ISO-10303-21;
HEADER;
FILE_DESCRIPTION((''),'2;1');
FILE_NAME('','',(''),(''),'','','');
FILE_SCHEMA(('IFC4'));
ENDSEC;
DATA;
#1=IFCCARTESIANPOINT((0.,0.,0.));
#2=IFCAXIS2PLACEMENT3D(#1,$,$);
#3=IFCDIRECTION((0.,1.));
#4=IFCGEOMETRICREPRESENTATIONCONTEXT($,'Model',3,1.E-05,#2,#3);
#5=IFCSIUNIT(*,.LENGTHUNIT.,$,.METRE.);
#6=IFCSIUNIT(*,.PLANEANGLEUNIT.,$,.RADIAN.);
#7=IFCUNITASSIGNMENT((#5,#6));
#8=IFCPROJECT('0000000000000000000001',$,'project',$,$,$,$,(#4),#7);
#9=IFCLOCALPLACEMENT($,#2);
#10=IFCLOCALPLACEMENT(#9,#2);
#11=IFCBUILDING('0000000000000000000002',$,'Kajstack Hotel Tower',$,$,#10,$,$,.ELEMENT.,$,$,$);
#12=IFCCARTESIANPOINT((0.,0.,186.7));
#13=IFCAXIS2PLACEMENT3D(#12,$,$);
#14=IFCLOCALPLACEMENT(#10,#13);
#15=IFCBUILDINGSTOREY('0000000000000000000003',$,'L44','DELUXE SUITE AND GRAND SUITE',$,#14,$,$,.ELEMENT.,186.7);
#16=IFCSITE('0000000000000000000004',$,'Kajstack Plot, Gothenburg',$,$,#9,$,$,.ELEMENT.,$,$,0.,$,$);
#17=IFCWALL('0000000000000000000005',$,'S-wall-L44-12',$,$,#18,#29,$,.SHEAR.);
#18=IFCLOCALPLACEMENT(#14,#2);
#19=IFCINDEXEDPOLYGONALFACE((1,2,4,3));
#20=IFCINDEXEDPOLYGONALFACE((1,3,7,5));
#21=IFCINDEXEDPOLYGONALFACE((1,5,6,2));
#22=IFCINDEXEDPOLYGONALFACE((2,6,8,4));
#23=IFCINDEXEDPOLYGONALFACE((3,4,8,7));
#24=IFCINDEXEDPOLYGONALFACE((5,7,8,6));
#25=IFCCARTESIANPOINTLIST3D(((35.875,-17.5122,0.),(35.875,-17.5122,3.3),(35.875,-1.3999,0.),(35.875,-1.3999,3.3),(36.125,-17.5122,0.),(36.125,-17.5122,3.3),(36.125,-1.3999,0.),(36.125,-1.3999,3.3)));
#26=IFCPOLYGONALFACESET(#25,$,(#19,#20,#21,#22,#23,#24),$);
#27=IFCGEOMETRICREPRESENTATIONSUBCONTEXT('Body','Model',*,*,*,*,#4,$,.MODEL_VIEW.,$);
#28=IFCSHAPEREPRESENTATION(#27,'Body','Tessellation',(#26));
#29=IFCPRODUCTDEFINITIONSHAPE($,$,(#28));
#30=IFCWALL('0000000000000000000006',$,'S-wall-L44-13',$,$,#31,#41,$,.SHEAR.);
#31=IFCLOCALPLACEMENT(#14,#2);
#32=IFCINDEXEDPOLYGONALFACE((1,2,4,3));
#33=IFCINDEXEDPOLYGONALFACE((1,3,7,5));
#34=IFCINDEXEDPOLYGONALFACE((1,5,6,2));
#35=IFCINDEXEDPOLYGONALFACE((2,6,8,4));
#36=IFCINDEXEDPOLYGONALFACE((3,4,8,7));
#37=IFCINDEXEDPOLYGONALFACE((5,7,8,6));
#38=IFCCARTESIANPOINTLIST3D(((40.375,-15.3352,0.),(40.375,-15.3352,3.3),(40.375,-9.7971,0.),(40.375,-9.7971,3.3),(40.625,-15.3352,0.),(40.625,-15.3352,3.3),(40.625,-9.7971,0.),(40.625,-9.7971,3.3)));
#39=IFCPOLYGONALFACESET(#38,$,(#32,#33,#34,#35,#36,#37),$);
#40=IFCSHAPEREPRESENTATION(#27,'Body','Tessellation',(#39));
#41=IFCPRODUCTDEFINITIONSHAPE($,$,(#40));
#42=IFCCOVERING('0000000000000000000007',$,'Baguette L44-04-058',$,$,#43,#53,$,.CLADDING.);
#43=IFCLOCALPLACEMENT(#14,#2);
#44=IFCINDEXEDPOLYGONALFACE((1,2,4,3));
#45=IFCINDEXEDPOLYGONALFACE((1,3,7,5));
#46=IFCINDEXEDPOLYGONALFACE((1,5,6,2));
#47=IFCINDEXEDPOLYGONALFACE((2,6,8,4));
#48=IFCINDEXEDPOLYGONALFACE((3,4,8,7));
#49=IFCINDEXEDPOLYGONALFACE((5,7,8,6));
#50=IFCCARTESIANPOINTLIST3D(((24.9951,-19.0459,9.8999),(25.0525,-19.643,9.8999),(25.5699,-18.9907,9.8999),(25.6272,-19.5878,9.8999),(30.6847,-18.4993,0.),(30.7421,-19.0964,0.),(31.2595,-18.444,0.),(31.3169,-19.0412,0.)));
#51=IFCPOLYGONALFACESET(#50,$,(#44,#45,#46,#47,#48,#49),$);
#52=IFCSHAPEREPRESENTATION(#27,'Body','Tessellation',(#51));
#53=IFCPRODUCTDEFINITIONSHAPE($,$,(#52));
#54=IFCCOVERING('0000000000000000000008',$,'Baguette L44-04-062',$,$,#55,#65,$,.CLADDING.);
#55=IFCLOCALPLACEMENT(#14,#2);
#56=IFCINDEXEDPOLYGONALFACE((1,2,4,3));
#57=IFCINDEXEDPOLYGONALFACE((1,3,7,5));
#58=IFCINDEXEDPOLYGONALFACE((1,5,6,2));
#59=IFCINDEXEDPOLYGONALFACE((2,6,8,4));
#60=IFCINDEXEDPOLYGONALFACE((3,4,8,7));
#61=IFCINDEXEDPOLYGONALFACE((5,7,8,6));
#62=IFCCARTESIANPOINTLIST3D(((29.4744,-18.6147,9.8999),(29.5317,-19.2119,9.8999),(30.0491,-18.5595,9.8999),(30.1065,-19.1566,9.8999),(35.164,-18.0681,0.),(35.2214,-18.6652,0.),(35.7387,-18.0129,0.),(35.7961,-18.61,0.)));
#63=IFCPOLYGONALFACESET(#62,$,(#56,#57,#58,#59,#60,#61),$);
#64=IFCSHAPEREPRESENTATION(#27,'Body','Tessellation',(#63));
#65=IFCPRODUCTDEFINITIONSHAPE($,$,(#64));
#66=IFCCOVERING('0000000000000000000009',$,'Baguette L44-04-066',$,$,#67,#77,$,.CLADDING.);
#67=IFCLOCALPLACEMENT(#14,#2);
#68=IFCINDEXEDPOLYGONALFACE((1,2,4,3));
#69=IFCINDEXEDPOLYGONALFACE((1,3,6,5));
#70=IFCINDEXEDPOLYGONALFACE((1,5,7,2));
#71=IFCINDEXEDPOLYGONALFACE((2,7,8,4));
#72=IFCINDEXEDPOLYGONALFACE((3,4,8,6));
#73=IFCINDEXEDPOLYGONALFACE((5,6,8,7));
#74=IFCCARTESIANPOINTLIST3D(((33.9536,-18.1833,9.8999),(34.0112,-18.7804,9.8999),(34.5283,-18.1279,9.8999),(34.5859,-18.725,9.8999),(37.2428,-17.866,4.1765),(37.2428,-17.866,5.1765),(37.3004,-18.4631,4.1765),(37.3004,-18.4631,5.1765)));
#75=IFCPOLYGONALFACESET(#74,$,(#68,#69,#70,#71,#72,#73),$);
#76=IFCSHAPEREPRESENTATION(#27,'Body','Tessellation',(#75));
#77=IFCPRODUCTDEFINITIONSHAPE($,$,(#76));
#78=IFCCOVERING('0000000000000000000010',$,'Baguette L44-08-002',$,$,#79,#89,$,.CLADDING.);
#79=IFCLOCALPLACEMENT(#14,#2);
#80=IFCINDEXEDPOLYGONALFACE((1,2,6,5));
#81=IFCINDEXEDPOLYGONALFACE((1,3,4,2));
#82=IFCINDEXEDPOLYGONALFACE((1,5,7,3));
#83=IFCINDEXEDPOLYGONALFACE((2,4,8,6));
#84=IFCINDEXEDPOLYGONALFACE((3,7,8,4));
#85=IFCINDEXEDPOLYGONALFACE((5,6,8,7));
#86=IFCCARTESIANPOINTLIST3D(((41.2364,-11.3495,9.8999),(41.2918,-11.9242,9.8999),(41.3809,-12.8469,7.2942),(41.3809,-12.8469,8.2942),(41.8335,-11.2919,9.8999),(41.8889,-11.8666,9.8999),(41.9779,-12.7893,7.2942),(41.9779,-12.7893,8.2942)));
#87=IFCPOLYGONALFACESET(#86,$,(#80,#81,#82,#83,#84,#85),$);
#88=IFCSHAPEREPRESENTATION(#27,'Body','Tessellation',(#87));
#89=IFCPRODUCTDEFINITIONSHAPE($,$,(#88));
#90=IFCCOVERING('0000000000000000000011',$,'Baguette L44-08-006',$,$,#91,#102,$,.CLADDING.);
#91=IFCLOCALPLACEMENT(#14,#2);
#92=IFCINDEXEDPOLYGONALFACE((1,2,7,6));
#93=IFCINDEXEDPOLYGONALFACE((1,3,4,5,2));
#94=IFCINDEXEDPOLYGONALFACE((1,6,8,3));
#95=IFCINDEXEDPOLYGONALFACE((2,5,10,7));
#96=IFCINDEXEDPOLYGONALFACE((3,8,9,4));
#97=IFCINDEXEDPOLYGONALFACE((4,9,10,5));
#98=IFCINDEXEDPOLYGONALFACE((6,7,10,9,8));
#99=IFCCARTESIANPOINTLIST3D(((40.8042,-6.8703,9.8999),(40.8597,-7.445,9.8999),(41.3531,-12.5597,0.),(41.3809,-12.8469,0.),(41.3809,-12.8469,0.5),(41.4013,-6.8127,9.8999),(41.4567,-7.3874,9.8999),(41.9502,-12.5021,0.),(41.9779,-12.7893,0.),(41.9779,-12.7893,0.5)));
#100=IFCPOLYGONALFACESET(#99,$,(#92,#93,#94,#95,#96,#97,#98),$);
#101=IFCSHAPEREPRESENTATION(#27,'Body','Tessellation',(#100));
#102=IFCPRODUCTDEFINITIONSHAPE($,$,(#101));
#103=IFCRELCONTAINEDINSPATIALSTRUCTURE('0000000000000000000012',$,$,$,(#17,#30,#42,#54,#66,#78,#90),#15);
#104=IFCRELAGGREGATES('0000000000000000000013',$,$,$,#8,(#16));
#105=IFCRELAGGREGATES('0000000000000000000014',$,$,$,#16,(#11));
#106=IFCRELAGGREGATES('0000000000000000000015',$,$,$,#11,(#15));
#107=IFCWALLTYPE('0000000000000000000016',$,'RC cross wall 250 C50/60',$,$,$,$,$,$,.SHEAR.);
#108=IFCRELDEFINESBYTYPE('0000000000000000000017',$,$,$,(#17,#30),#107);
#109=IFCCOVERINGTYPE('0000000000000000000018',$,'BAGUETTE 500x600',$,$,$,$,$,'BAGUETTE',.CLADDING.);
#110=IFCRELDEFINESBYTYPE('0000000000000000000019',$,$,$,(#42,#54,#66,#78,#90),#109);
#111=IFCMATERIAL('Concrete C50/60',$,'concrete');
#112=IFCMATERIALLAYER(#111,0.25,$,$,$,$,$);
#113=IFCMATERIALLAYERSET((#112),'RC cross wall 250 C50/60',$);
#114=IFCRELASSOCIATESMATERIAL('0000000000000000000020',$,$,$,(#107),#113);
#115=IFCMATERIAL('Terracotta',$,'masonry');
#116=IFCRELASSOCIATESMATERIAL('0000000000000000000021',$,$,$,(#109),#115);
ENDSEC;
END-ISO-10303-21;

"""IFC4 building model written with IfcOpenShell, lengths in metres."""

from ifc_helpers import new_model, si_unit, direction, frame, frame_2d, origin, origin_2d, place, context, subcontext, project, spatial, polyline, rectangle, outline, extrude, material, layer, layer_set, material_profile, profile_set, type_object, element, save


model = new_model("IFC4")

# Units and contexts
model_context = context("Model", 3, precision=1e-05, world=origin(), true_north=direction((0.0, 1.0)))
body_context = subcontext(model_context, "Body", "Model", "MODEL_VIEW")
ifc_project = project(units=[si_unit("LENGTHUNIT", "METRE"), si_unit("PLANEANGLEUNIT", "RADIAN")], contexts=[model_context])

# Site, building, storey
site_placement = place(None, origin())
site = spatial("IfcSite", under=ifc_project, at=site_placement, Name="Kajstack Plot, Gothenburg", CompositionType="ELEMENT", RefElevation=0.0)
building_placement = place(site_placement, origin())
building = spatial("IfcBuilding", under=site, at=building_placement, Name="Kajstack Hotel Tower", CompositionType="ELEMENT")
storey_placement = place(building_placement, frame((0.0, 0.0, 186.7)))
storey = spatial("IfcBuildingStorey", under=building, at=storey_placement, Name="L44", Description="DELUXE SUITE AND GRAND SUITE", CompositionType="ELEMENT", Elevation=186.7)

# Walls
ifc_material_1 = material(Name="Concrete C50/60", Category="concrete")
ifc_layer_1 = layer(ifc_material_1, 0.25)
ifc_layer_set_1 = layer_set([ifc_layer_1], Name="RC cross wall 250 C50/60")
wall_type_1 = type_object("IfcWallType", Name="RC cross wall 250 C50/60", PredefinedType="SHEAR", material=ifc_layer_set_1)
wall_1_placement = place(storey_placement, frame((36.0, -17.5122, 0.0), z_axis=(0.0, 0.0, 1.0), x_axis=(0.0, 1.0, 0.0)))
element("IfcWall", 1, at=wall_1_placement, inside=storey, type_object=wall_type_1, Name="S-wall-L44-12", PredefinedType="SHEAR", context=body_context, shape_type="SweptSolid", body=[
    extrude(rectangle(XDim=16.1123, YDim=0.25, at=frame_2d((8.0562, 0.0))), origin(), (0.0, 0.0, 1.0), 3.3),
])
wall_2_placement = place(storey_placement, frame((40.5, -15.3352, 0.0), z_axis=(0.0, 0.0, 1.0), x_axis=(0.0, 1.0, 0.0)))
element("IfcWall", 2, at=wall_2_placement, inside=storey, type_object=wall_type_1, Name="S-wall-L44-13", PredefinedType="SHEAR", context=body_context, shape_type="SweptSolid", body=[
    extrude(rectangle(XDim=5.5381, YDim=0.25, at=frame_2d((2.769, 0.0))), origin(), (0.0, 0.0, 1.0), 3.3),
])

# Coverings
ifc_material_2 = material(Name="Terracotta", Category="masonry")
ifc_material_profile = material_profile(ifc_material_2, rectangle(XDim=0.6001, YDim=0.5, at=origin_2d()), Name="Terracotta-clad concrete baguette 500 x 600")
ifc_profile_set = profile_set([ifc_material_profile], Name="Terracotta")
covering_type = type_object("IfcCoveringType", Name="BAGUETTE 500x600", ElementType="BAGUETTE", PredefinedType="CLADDING", material=ifc_profile_set)
for number, where, z_axis, x_axis, name in (
    (3, (24.9951, -19.0459, 0.0), (0.095635, -0.995416, 0.0), (0.995416, 0.095635, 0.0), "Baguette L44-04-058"),
    (4, (29.4744, -18.6147, 0.0), (0.095635, -0.995416, 0.0), (0.995416, 0.095635, 0.0), "Baguette L44-04-062"),
):
    element("IfcCovering", number, at=place(storey_placement, frame(where, z_axis=z_axis, x_axis=x_axis)), inside=storey, type_object=covering_type, Name=name, PredefinedType="CLADDING", context=body_context, shape_type="SweptSolid", body=[
        extrude(outline(polyline([(0.0, 9.8999), (5.7158, 0.0), (6.2932, 0.0), (0.5774, 9.8999), (0.0, 9.8999)])), origin(), (0.0, 0.0, 1.0), 0.5999),
    ])
covering_1_placement = place(storey_placement, frame((33.9536, -18.1833, 0.0), z_axis=(0.096038, -0.995378, 0.0), x_axis=(0.995378, 0.096038, 0.0)))
element("IfcCovering", 5, at=covering_1_placement, inside=storey, type_object=covering_type, Name="Baguette L44-04-066", PredefinedType="CLADDING", context=body_context, shape_type="SweptSolid", body=[
    extrude(outline(polyline([(0.0, 9.8999), (3.3044, 4.1765), (3.3044, 5.1765), (0.5774, 9.8999), (0.0, 9.8999)])), origin(), (0.0, 0.0, 1.0), 0.5999),
])
covering_2_placement = place(storey_placement, frame((41.3809, -12.8469, 0.0), z_axis=(0.995378, 0.096038, 0.0), x_axis=(-0.096038, 0.995378, 0.0)))
element("IfcCovering", 6, at=covering_2_placement, inside=storey, type_object=covering_type, Name="Baguette L44-08-002", PredefinedType="CLADDING", context=body_context, shape_type="SweptSolid", body=[
    extrude(outline(polyline([(0.927, 9.8999), (0.0, 8.2942), (0.0, 7.2942), (1.5044, 9.8999), (0.927, 9.8999)])), origin(), (0.0, 0.0, 1.0), 0.5999),
])
covering_3_placement = place(storey_placement, frame((41.3809, -12.8469, 0.0), z_axis=(0.995378, 0.096038, 0.0), x_axis=(-0.096038, 0.995378, 0.0)))
element("IfcCovering", 7, at=covering_3_placement, inside=storey, type_object=covering_type, Name="Baguette L44-08-006", PredefinedType="CLADDING", context=body_context, shape_type="SweptSolid", body=[
    extrude(outline(polyline([(5.427, 9.8999), (0.0, 0.5), (0.0, 0.0), (0.2886, 0.0), (6.0044, 9.8999), (5.427, 9.8999)])), origin(), (0.0, 0.0, 1.0), 0.5999),
])

save(model, "model.ifc")
